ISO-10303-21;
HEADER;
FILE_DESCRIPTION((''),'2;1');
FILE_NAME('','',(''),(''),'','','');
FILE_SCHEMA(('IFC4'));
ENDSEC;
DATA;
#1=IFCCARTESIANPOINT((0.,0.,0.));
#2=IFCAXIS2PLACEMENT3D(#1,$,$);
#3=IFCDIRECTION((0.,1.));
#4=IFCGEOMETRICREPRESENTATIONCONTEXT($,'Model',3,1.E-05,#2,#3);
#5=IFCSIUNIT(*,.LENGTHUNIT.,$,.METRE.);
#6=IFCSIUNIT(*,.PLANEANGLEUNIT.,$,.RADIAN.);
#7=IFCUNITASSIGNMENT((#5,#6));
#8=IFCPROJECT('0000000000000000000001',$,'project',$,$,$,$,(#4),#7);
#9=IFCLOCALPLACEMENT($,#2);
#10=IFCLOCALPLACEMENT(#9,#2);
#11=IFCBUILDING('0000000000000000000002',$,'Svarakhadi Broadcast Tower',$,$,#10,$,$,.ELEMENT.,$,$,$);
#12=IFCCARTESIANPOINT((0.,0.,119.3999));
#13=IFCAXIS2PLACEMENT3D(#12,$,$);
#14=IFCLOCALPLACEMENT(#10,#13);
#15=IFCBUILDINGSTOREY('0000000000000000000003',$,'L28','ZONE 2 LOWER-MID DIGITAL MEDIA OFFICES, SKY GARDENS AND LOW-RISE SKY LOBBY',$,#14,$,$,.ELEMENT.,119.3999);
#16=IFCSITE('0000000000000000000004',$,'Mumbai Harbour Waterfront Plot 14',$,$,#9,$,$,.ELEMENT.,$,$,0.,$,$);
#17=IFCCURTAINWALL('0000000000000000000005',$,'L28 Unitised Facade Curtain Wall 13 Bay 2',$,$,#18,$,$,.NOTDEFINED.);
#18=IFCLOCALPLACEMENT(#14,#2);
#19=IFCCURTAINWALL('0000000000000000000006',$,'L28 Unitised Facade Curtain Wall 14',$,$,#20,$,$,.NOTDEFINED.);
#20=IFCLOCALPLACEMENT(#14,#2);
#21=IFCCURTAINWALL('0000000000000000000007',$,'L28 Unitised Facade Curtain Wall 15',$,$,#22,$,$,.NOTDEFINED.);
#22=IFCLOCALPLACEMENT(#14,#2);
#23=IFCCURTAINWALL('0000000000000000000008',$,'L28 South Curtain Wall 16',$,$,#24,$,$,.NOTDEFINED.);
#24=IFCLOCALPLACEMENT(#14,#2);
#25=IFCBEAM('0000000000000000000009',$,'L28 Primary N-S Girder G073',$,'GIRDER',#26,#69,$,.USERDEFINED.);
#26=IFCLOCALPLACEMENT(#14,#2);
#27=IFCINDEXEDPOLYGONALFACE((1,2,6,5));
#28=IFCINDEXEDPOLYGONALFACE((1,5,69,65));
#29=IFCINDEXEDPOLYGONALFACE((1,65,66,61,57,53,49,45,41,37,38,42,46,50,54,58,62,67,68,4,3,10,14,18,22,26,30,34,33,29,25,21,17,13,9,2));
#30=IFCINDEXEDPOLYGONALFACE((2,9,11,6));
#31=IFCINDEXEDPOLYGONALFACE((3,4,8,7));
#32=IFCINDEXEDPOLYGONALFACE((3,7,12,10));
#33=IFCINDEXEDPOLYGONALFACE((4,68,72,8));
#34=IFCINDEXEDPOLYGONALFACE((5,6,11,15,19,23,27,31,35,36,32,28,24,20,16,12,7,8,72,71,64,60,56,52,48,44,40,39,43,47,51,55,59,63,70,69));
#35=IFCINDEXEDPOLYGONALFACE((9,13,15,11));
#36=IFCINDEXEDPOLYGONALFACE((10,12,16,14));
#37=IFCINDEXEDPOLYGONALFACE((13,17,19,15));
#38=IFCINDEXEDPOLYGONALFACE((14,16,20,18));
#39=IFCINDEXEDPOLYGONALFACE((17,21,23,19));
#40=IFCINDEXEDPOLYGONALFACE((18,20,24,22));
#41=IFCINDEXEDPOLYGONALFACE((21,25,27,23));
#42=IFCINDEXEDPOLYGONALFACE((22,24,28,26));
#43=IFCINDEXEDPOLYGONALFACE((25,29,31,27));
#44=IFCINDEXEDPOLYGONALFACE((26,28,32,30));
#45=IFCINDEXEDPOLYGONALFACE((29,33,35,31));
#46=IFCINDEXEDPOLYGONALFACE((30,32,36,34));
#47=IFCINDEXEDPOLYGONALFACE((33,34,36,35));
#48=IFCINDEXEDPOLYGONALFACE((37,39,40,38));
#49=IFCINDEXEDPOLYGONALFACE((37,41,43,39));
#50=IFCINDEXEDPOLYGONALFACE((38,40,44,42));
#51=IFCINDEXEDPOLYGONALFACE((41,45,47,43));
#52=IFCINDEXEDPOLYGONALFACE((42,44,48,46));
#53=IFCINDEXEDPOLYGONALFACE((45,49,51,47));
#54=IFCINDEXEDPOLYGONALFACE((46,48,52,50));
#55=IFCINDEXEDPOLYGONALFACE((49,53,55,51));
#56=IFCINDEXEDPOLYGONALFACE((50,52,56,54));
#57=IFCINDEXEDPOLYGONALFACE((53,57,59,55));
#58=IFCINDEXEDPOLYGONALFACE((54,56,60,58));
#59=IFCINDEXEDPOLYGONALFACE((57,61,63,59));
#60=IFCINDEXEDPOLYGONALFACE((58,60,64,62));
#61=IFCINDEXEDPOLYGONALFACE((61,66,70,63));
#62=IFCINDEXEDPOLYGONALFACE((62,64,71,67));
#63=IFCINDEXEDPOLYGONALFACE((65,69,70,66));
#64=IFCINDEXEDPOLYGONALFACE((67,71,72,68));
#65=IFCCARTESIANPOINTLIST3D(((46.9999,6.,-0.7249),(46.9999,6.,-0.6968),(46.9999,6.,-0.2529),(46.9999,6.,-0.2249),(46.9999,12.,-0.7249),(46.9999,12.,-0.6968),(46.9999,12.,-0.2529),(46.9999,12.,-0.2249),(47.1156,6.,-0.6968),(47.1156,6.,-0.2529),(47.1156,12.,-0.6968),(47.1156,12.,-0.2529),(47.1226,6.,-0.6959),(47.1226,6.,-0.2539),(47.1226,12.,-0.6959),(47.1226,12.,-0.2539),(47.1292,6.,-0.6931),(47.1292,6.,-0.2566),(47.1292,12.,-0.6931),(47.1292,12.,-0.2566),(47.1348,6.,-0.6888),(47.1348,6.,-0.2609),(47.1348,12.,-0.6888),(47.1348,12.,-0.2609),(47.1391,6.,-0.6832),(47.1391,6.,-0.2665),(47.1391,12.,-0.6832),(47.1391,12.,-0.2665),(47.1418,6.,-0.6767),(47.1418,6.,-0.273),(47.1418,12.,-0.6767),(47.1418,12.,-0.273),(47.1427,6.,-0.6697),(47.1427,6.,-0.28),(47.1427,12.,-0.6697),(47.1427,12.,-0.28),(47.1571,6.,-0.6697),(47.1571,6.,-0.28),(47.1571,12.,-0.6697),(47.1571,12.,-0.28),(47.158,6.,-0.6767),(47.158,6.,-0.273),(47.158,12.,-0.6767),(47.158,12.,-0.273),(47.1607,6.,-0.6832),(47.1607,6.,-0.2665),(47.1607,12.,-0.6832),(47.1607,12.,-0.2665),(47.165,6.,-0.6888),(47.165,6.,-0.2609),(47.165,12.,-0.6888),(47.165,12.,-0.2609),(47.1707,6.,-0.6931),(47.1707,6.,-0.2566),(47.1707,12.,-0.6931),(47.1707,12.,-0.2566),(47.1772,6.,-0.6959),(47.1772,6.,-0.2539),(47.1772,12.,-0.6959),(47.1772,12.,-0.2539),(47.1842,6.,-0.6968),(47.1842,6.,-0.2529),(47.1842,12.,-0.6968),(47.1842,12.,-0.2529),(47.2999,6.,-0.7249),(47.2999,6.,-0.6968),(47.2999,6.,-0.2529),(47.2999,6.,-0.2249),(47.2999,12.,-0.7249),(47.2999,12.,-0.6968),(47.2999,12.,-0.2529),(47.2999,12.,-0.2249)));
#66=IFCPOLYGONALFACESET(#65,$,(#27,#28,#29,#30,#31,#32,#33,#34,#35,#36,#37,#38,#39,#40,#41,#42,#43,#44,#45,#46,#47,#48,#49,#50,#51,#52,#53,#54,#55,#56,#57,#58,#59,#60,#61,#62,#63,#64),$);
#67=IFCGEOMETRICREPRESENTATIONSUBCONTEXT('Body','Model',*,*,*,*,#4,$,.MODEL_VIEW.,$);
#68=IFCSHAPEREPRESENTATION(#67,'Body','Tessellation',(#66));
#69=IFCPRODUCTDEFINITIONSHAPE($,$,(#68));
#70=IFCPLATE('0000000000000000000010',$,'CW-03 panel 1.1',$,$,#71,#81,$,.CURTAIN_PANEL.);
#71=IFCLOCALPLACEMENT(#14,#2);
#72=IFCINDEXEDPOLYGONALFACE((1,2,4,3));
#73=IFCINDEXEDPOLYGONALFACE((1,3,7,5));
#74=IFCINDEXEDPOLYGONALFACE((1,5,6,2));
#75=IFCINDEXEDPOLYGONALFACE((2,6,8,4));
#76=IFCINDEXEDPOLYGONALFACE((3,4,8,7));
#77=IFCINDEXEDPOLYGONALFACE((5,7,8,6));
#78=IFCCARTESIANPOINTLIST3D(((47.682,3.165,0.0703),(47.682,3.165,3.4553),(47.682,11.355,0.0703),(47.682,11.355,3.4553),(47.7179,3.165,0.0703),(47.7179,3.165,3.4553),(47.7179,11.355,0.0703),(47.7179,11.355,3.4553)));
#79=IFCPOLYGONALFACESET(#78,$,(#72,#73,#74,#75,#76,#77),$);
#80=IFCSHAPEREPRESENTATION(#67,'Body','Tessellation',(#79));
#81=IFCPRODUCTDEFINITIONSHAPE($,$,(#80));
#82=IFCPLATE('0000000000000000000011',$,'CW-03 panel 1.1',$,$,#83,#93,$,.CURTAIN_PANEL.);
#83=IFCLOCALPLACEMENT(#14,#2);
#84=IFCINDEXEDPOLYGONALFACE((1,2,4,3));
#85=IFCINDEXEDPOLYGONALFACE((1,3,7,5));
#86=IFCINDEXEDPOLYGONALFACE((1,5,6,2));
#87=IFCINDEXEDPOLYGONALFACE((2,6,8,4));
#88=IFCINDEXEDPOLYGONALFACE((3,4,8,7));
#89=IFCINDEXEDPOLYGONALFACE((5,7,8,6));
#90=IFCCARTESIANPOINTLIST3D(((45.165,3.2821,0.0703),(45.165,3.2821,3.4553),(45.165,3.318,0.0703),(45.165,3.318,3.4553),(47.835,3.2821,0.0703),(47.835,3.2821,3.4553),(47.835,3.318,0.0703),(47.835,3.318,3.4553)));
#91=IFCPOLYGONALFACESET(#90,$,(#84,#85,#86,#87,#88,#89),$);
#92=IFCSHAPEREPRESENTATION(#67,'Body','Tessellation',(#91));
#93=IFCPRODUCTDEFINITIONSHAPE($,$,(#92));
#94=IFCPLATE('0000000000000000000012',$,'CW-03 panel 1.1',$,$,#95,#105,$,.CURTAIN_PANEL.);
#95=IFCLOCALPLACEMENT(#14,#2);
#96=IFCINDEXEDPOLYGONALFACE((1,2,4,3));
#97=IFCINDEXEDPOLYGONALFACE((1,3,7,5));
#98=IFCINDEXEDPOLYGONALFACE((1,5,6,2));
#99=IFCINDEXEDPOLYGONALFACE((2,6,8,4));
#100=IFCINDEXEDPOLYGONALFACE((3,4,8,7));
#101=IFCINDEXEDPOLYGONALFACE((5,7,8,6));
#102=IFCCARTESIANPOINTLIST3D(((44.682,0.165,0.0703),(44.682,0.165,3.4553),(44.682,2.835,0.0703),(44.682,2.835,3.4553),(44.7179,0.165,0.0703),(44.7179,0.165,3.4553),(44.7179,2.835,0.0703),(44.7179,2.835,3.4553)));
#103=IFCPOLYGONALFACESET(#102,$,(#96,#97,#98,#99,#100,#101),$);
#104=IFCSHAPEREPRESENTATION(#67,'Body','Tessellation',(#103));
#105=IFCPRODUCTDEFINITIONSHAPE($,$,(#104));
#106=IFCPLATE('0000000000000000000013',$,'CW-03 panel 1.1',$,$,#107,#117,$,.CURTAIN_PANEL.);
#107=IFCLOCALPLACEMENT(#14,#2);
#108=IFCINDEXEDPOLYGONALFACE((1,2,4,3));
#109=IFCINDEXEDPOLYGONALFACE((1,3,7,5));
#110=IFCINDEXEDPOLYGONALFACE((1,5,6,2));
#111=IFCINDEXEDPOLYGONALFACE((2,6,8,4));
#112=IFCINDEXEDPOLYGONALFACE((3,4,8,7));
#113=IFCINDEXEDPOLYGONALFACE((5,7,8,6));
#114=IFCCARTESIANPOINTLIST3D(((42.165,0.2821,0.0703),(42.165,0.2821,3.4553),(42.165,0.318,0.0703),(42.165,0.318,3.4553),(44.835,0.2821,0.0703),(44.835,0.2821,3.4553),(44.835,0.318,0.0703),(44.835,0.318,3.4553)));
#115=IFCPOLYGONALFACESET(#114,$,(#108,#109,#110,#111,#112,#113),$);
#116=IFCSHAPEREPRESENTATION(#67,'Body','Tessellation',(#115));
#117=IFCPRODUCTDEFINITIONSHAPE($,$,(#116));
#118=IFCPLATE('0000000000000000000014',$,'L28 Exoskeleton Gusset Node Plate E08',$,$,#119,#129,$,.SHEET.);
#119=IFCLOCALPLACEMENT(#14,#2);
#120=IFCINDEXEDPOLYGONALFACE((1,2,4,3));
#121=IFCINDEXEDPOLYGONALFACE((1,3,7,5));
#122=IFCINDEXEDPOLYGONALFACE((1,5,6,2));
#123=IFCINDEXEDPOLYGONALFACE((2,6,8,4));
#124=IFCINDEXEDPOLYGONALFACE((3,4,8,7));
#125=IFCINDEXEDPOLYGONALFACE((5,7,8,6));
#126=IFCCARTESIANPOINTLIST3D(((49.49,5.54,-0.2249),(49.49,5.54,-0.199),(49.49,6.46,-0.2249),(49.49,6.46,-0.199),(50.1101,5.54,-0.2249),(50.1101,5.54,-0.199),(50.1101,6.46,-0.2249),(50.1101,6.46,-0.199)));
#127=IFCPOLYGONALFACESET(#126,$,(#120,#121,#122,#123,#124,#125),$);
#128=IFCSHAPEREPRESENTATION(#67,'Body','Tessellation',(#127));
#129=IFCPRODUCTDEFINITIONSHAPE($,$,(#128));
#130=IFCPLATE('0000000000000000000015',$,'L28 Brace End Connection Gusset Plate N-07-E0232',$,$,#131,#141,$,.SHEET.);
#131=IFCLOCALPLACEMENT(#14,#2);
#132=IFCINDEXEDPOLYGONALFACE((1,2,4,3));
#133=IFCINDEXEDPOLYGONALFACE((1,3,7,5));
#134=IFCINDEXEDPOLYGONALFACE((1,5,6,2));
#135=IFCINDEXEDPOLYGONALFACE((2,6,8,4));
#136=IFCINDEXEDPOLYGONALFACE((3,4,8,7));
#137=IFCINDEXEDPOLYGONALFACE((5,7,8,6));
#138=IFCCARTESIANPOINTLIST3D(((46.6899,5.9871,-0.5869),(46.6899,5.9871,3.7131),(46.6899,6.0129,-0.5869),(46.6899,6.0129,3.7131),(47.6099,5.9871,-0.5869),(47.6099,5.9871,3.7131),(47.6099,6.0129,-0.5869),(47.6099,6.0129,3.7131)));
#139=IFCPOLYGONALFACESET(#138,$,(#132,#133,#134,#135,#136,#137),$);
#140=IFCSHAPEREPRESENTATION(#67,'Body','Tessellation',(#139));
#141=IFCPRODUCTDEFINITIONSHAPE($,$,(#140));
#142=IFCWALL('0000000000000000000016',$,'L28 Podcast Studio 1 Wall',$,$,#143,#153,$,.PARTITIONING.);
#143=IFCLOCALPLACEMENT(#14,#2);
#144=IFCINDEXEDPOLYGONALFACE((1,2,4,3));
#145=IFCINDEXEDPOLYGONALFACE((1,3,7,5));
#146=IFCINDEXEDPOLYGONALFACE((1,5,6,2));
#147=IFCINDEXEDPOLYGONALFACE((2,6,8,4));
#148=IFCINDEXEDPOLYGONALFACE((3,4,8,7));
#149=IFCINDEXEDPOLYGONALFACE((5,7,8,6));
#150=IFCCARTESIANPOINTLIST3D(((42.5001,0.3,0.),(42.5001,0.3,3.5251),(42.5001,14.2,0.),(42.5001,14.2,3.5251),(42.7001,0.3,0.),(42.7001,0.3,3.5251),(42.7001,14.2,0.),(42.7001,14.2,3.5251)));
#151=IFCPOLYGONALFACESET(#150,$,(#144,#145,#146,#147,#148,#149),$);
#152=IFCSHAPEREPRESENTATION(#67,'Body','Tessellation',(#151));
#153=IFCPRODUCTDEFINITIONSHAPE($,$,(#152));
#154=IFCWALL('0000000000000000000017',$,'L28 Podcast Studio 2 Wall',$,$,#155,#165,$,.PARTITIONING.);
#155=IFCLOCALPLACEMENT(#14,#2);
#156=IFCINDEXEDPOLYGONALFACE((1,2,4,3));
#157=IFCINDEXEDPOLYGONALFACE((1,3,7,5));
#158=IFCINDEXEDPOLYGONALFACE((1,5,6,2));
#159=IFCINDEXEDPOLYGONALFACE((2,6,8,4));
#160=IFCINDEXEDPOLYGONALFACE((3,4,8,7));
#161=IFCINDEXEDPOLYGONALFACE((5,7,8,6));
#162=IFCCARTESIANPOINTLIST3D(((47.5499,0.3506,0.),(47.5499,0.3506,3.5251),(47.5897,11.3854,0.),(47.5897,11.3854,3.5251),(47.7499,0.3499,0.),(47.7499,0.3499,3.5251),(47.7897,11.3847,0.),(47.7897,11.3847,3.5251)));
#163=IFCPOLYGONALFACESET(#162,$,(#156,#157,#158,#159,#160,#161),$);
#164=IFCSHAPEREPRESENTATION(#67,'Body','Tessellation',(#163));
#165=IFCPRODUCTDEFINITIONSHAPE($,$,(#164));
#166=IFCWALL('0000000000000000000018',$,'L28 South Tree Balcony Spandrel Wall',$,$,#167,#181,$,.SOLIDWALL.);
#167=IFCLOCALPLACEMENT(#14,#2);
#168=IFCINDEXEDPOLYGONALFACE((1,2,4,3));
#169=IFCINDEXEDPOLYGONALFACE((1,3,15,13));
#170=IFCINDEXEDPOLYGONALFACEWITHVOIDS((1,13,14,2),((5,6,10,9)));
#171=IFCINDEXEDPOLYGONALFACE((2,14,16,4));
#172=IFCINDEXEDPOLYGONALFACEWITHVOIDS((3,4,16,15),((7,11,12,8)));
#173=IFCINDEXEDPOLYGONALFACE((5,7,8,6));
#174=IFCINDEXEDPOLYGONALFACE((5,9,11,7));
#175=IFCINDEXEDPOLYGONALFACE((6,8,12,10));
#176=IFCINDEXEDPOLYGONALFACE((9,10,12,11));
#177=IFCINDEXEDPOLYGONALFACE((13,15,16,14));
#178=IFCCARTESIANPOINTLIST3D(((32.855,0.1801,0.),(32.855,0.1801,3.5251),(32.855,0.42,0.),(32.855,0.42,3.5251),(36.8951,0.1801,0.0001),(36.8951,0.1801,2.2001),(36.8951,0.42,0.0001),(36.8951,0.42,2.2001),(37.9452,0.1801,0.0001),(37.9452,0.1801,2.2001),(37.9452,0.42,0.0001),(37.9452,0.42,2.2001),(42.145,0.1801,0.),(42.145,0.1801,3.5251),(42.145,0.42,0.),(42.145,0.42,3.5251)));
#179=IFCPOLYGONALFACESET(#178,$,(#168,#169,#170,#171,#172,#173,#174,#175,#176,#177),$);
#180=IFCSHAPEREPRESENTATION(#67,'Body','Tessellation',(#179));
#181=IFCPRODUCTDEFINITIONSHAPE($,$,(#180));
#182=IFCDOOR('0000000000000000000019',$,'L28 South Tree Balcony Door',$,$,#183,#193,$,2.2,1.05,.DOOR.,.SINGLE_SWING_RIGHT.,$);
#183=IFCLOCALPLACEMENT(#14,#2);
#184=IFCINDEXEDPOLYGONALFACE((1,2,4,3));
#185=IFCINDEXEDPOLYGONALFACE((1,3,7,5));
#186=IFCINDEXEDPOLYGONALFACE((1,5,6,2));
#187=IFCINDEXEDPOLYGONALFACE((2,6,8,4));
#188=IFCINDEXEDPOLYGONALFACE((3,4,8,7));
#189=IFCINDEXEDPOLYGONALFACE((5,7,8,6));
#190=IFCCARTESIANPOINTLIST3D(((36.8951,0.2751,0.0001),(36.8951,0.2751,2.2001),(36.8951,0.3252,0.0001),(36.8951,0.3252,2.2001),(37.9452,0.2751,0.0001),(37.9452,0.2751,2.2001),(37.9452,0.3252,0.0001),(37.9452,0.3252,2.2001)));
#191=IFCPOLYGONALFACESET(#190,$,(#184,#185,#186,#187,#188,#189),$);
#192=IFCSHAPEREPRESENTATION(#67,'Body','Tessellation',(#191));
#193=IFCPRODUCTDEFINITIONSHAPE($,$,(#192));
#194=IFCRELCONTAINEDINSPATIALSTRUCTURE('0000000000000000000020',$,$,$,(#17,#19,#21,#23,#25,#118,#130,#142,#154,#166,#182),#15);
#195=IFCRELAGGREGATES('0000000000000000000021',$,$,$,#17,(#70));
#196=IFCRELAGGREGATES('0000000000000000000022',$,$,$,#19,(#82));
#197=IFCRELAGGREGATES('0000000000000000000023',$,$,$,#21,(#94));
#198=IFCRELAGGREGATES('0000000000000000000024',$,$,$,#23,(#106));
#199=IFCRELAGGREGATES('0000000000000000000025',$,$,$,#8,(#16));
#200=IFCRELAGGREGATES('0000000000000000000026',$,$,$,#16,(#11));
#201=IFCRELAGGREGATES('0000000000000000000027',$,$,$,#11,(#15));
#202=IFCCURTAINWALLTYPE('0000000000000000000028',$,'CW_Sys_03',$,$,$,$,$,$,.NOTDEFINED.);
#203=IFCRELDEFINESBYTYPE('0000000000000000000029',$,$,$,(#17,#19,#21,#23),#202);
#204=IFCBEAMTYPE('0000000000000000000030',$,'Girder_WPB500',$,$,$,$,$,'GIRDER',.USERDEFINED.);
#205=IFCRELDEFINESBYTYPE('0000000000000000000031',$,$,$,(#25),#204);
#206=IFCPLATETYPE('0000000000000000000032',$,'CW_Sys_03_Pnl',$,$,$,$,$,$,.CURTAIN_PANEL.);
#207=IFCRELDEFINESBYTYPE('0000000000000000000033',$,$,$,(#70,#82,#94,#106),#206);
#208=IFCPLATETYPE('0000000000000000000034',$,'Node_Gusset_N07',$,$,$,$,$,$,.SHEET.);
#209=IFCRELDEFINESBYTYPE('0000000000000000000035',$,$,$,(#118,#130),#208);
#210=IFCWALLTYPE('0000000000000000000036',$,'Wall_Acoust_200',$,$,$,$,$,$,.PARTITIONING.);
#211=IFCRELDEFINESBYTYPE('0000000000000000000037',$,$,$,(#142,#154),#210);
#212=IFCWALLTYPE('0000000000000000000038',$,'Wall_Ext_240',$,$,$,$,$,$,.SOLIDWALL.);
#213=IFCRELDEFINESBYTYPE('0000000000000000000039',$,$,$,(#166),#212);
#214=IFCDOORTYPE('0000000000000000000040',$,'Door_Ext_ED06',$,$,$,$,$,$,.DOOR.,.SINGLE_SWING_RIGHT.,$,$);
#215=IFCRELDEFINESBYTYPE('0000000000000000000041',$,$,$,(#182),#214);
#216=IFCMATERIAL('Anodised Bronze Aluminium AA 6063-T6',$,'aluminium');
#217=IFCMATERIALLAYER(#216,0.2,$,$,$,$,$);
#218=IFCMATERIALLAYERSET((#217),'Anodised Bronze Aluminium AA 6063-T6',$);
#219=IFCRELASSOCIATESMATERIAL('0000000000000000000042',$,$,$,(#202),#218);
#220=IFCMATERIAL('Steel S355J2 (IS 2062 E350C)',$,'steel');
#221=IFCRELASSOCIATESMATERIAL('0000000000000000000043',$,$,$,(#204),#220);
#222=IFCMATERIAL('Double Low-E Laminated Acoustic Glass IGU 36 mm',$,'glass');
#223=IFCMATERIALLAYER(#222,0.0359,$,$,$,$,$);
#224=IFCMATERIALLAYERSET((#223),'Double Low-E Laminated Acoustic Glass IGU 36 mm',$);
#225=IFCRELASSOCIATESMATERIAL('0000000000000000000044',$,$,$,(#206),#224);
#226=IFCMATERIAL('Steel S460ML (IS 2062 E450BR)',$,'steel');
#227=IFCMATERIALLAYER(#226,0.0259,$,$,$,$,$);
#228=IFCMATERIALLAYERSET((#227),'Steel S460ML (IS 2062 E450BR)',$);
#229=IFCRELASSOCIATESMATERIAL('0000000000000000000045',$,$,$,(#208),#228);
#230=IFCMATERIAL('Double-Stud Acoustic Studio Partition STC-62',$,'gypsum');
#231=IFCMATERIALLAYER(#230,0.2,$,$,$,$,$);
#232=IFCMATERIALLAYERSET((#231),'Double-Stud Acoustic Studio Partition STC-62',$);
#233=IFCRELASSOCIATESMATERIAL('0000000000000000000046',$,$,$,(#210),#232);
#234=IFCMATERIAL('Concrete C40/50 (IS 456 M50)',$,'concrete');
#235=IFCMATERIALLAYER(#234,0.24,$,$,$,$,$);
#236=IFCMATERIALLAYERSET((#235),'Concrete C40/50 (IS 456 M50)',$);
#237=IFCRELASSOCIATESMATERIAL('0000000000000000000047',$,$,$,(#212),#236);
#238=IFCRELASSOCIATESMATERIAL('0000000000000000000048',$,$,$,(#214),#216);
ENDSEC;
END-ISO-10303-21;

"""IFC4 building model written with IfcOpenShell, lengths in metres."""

from ifc_helpers import new_model, si_unit, direction, frame, frame_2d, origin, origin_2d, place, context, subcontext, project, spatial, rectangle, i_section, extrude, material, layer, layer_set, material_profile, profile_set, type_object, element, fill, aggregate, save


model = new_model("IFC4")

# Units and contexts
model_context = context("Model", 3, precision=1e-05, world=origin(), true_north=direction((0.0, 1.0)))
body_context = subcontext(model_context, "Body", "Model", "MODEL_VIEW")
ifc_project = project(units=[si_unit("LENGTHUNIT", "METRE"), si_unit("PLANEANGLEUNIT", "RADIAN")], contexts=[model_context])

# Site, building, storey
site_placement = place(None, origin())
site = spatial("IfcSite", under=ifc_project, at=site_placement, Name="Mumbai Harbour Waterfront Plot 14", CompositionType="ELEMENT", RefElevation=0.0)
building_placement = place(site_placement, origin())
building = spatial("IfcBuilding", under=site, at=building_placement, Name="Svarakhadi Broadcast Tower", CompositionType="ELEMENT")
storey_placement = place(building_placement, frame((0.0, 0.0, 119.3999)))
storey = spatial("IfcBuildingStorey", under=building, at=storey_placement, Name="L28", Description="ZONE 2 LOWER-MID DIGITAL MEDIA OFFICES, SKY GARDENS AND LOW-RISE SKY LOBBY", CompositionType="ELEMENT", Elevation=119.3999)

# Shared definitions
ifc_material_1 = material(Name="Steel S460ML (IS 2062 E450BR)", Category="steel")

# Shared definitions
ifc_material_2 = material(Name="Steel S355J2 (IS 2062 E350C)", Category="steel")

# Curtain walls
ifc_material_3 = material(Name="Anodised Bronze Aluminium AA 6063-T6", Category="aluminium")
ifc_layer_1 = layer(ifc_material_3, 0.2)
ifc_layer_set_1 = layer_set([ifc_layer_1], Name="Anodised Bronze Aluminium AA 6063-T6")
curtain_wall_type = type_object("IfcCurtainWallType", Name="CW_Sys_03", PredefinedType="NOTDEFINED", material=ifc_layer_set_1)
curtain_wall_1_placement = place(storey_placement, origin())
curtain_wall_1 = element("IfcCurtainWall", 1, at=curtain_wall_1_placement, inside=storey, type_object=curtain_wall_type, Name="L28 Unitised Facade Curtain Wall 13 Bay 2", PredefinedType="NOTDEFINED")
curtain_wall_2_placement = place(storey_placement, origin())
curtain_wall_2 = element("IfcCurtainWall", 2, at=curtain_wall_2_placement, inside=storey, type_object=curtain_wall_type, Name="L28 Unitised Facade Curtain Wall 14", PredefinedType="NOTDEFINED")
curtain_wall_3_placement = place(storey_placement, origin())
curtain_wall_3 = element("IfcCurtainWall", 3, at=curtain_wall_3_placement, inside=storey, type_object=curtain_wall_type, Name="L28 Unitised Facade Curtain Wall 15", PredefinedType="NOTDEFINED")
curtain_wall_4_placement = place(storey_placement, origin())
curtain_wall_4 = element("IfcCurtainWall", 4, at=curtain_wall_4_placement, inside=storey, type_object=curtain_wall_type, Name="L28 South Curtain Wall 16", PredefinedType="NOTDEFINED")

# Beam
ifc_material_profile_1 = material_profile(ifc_material_2, i_section(OverallWidth=0.3, OverallDepth=0.5, WebThickness=0.0144, FlangeThickness=0.0281, FilletRadius=0.0271, at=origin_2d()), Name="WPB 500x300x187")
ifc_profile_set_1 = profile_set([ifc_material_profile_1], Name="Steel S355J2 (IS 2062 E350C)")
beam_type_1 = type_object("IfcBeamType", Name="Girder_WPB500", ElementType="GIRDER", PredefinedType="USERDEFINED", material=ifc_profile_set_1)
beam_1_placement = place(storey_placement, frame((47.1499, 6.0, -0.4749), z_axis=(0.0, 1.0, 0.0), x_axis=(-1.0, 0.0, 0.0)))
element("IfcBeam", 5, at=beam_1_placement, inside=storey, type_object=beam_type_1, Name="L28 Primary N-S Girder G073", ObjectType="GIRDER", PredefinedType="USERDEFINED", context=body_context, shape_type="SweptSolid", body=[
    extrude(i_section(OverallWidth=0.3, OverallDepth=0.5, WebThickness=0.0144, FlangeThickness=0.0281, FilletRadius=0.0271, at=origin_2d()), origin(), (0.0, 0.0, 1.0), 6.0),
])

# Plates
ifc_material_4 = material(Name="Double Low-E Laminated Acoustic Glass IGU 36 mm", Category="glass")
ifc_layer_2 = layer(ifc_material_4, 0.0359)
ifc_layer_set_2 = layer_set([ifc_layer_2], Name="Double Low-E Laminated Acoustic Glass IGU 36 mm")
plate_type_1 = type_object("IfcPlateType", Name="CW_Sys_03_Pnl", PredefinedType="CURTAIN_PANEL", material=ifc_layer_set_2)
plate_1_placement = place(storey_placement, frame((47.7, 7.26, 0.0703), z_axis=(0.0, 0.0, 1.0), x_axis=(0.0, -1.0, 0.0)))
plate_1 = element("IfcPlate", 6, at=plate_1_placement, type_object=plate_type_1, Name="CW-03 panel 1.1", PredefinedType="CURTAIN_PANEL", context=body_context, shape_type="SweptSolid", body=[
    extrude(rectangle(XDim=8.1899, YDim=0.0359, at=origin_2d()), origin(), (0.0, 0.0, 1.0), 3.385),
])
aggregate(curtain_wall_1, [plate_1])
plate_2_placement = place(storey_placement, frame((46.5, 3.3, 0.0703), z_axis=(0.0, 0.0, 1.0), x_axis=(-1.0, 0.0, 0.0)))
plate_2 = element("IfcPlate", 7, at=plate_2_placement, type_object=plate_type_1, Name="CW-03 panel 1.1", PredefinedType="CURTAIN_PANEL", context=body_context, shape_type="SweptSolid", body=[
    extrude(rectangle(XDim=2.6699, YDim=0.0359, at=origin_2d()), origin(), (0.0, 0.0, 1.0), 3.385),
])
aggregate(curtain_wall_2, [plate_2])
plate_3_placement = place(storey_placement, frame((44.7, 1.5, 0.0703), z_axis=(0.0, 0.0, 1.0), x_axis=(0.0, -1.0, 0.0)))
plate_3 = element("IfcPlate", 8, at=plate_3_placement, type_object=plate_type_1, Name="CW-03 panel 1.1", PredefinedType="CURTAIN_PANEL", context=body_context, shape_type="SweptSolid", body=[
    extrude(rectangle(XDim=2.6699, YDim=0.0359, at=origin_2d()), origin(), (0.0, 0.0, 1.0), 3.385),
])
aggregate(curtain_wall_3, [plate_3])
plate_4_placement = place(storey_placement, frame((43.5, 0.3, 0.0703), z_axis=(0.0, 0.0, 1.0), x_axis=(-1.0, 0.0, 0.0)))
plate_4 = element("IfcPlate", 9, at=plate_4_placement, type_object=plate_type_1, Name="CW-03 panel 1.1", PredefinedType="CURTAIN_PANEL", context=body_context, shape_type="SweptSolid", body=[
    extrude(rectangle(XDim=2.6699, YDim=0.0359, at=origin_2d()), origin(), (0.0, 0.0, 1.0), 3.385),
])
aggregate(curtain_wall_4, [plate_4])

# Plates
ifc_layer_3 = layer(ifc_material_1, 0.0259)
ifc_layer_set_3 = layer_set([ifc_layer_3], Name="Steel S460ML (IS 2062 E450BR)")
plate_type_2 = type_object("IfcPlateType", Name="Node_Gusset_N07", PredefinedType="SHEET", material=ifc_layer_set_3)
plate_5_placement = place(storey_placement, frame((49.8, 6.0, -0.2249), z_axis=(0.0, 0.0, 1.0), x_axis=(0.0, 1.0, 0.0)))
element("IfcPlate", 10, at=plate_5_placement, inside=storey, type_object=plate_type_2, Name="L28 Exoskeleton Gusset Node Plate E08", PredefinedType="SHEET", context=body_context, shape_type="SweptSolid", body=[
    extrude(rectangle(XDim=0.9199, YDim=0.6201, at=origin_2d()), origin(), (0.0, 0.0, 1.0), 0.0259),
])
plate_6_placement = place(storey_placement, frame((47.1499, 6.0, -0.5869), z_axis=(0.0, 0.0, 1.0), x_axis=(1.0, 0.0, 0.0)))
element("IfcPlate", 11, at=plate_6_placement, inside=storey, type_object=plate_type_2, Name="L28 Brace End Connection Gusset Plate N-07-E0232", PredefinedType="SHEET", context=body_context, shape_type="SweptSolid", body=[
    extrude(rectangle(XDim=0.9199, YDim=0.0259, at=origin_2d()), origin(), (0.0, 0.0, 1.0), 4.3),
])

# Walls
ifc_material_5 = material(Name="Double-Stud Acoustic Studio Partition STC-62", Category="gypsum")
ifc_layer_4 = layer(ifc_material_5, 0.2)
ifc_layer_set_4 = layer_set([ifc_layer_4], Name="Double-Stud Acoustic Studio Partition STC-62")
wall_type_1 = type_object("IfcWallType", Name="Wall_Acoust_200", PredefinedType="PARTITIONING", material=ifc_layer_set_4)
wall_1_placement = place(storey_placement, frame((42.6001, 0.3, 0.0), z_axis=(0.0, 0.0, 1.0), x_axis=(0.0, 1.0, 0.0)))
element("IfcWall", 12, at=wall_1_placement, inside=storey, type_object=wall_type_1, Name="L28 Podcast Studio 1 Wall", PredefinedType="PARTITIONING", context=body_context, shape_type="SweptSolid", body=[
    extrude(rectangle(XDim=13.8999, YDim=0.2, at=frame_2d((6.95, 0.0))), origin(), (0.0, 0.0, 1.0), 3.5251),
])
wall_2_placement = place(storey_placement, frame((47.6499, 0.3501, 0.0), z_axis=(0.0, 0.0, 1.0), x_axis=(0.003606, 0.999993, 0.0)))
element("IfcWall", 13, at=wall_2_placement, inside=storey, type_object=wall_type_1, Name="L28 Podcast Studio 2 Wall", PredefinedType="PARTITIONING", context=body_context, shape_type="SweptSolid", body=[
    extrude(rectangle(XDim=11.0349, YDim=0.2, at=frame_2d((5.5176, 0.0))), origin(), (0.0, 0.0, 1.0), 3.5251),
])

# Wall, opening, door
ifc_material_6 = material(Name="Concrete C40/50 (IS 456 M50)", Category="concrete")
ifc_layer_5 = layer(ifc_material_6, 0.24)
ifc_layer_set_5 = layer_set([ifc_layer_5], Name="Concrete C40/50 (IS 456 M50)")
wall_type_2 = type_object("IfcWallType", Name="Wall_Ext_240", PredefinedType="SOLIDWALL", material=ifc_layer_set_5)
wall_3_placement = place(storey_placement, frame((42.145, 0.3, 0.0), z_axis=(0.0, 0.0, 1.0), x_axis=(-1.0, 0.0, 0.0)))
wall_3 = element("IfcWall", 14, at=wall_3_placement, inside=storey, type_object=wall_type_2, Name="L28 South Tree Balcony Spandrel Wall", PredefinedType="SOLIDWALL", context=body_context, shape_type="SweptSolid", body=[
    extrude(rectangle(XDim=9.29, YDim=0.24, at=frame_2d((4.645, 0.0))), origin(), (0.0, 0.0, 1.0), 3.5251),
])
opening_placement = place(wall_3_placement, frame((4.2, 0.0, 0.0)))
opening = element("IfcOpeningElement", 15, at=opening_placement, cuts=wall_3, PredefinedType="OPENING", context=body_context, shape_type="SweptSolid", body=[
    extrude(rectangle(XDim=1.05, YDim=2.2, at=frame_2d((0.5249, 1.1001))), frame((0.0, 0.1299, 0.0), z_axis=(0.0, -1.0, 0.0), x_axis=(1.0, 0.0, 0.0)), (0.0, 0.0, 1.0), 0.26),
])
door_type = type_object("IfcDoorType", Name="Door_Ext_ED06", OperationType="SINGLE_SWING_RIGHT", PredefinedType="DOOR", material=ifc_material_3)
door_placement = place(opening_placement, origin())
door = element("IfcDoor", 16, at=door_placement, inside=storey, type_object=door_type, Name="L28 South Tree Balcony Door", OperationType="SINGLE_SWING_RIGHT", OverallHeight=2.2, OverallWidth=1.05, PredefinedType="DOOR", context=body_context, shape_type="SweptSolid", body=[
    extrude(rectangle(XDim=1.05, YDim=2.2, at=frame_2d((0.5249, 1.1001))), frame((0.0, 0.0249, 0.0), z_axis=(0.0, -1.0, 0.0), x_axis=(1.0, 0.0, 0.0)), (0.0, 0.0, 1.0), 0.05),
])
fill(opening, door)

save(model, "model.ifc")
